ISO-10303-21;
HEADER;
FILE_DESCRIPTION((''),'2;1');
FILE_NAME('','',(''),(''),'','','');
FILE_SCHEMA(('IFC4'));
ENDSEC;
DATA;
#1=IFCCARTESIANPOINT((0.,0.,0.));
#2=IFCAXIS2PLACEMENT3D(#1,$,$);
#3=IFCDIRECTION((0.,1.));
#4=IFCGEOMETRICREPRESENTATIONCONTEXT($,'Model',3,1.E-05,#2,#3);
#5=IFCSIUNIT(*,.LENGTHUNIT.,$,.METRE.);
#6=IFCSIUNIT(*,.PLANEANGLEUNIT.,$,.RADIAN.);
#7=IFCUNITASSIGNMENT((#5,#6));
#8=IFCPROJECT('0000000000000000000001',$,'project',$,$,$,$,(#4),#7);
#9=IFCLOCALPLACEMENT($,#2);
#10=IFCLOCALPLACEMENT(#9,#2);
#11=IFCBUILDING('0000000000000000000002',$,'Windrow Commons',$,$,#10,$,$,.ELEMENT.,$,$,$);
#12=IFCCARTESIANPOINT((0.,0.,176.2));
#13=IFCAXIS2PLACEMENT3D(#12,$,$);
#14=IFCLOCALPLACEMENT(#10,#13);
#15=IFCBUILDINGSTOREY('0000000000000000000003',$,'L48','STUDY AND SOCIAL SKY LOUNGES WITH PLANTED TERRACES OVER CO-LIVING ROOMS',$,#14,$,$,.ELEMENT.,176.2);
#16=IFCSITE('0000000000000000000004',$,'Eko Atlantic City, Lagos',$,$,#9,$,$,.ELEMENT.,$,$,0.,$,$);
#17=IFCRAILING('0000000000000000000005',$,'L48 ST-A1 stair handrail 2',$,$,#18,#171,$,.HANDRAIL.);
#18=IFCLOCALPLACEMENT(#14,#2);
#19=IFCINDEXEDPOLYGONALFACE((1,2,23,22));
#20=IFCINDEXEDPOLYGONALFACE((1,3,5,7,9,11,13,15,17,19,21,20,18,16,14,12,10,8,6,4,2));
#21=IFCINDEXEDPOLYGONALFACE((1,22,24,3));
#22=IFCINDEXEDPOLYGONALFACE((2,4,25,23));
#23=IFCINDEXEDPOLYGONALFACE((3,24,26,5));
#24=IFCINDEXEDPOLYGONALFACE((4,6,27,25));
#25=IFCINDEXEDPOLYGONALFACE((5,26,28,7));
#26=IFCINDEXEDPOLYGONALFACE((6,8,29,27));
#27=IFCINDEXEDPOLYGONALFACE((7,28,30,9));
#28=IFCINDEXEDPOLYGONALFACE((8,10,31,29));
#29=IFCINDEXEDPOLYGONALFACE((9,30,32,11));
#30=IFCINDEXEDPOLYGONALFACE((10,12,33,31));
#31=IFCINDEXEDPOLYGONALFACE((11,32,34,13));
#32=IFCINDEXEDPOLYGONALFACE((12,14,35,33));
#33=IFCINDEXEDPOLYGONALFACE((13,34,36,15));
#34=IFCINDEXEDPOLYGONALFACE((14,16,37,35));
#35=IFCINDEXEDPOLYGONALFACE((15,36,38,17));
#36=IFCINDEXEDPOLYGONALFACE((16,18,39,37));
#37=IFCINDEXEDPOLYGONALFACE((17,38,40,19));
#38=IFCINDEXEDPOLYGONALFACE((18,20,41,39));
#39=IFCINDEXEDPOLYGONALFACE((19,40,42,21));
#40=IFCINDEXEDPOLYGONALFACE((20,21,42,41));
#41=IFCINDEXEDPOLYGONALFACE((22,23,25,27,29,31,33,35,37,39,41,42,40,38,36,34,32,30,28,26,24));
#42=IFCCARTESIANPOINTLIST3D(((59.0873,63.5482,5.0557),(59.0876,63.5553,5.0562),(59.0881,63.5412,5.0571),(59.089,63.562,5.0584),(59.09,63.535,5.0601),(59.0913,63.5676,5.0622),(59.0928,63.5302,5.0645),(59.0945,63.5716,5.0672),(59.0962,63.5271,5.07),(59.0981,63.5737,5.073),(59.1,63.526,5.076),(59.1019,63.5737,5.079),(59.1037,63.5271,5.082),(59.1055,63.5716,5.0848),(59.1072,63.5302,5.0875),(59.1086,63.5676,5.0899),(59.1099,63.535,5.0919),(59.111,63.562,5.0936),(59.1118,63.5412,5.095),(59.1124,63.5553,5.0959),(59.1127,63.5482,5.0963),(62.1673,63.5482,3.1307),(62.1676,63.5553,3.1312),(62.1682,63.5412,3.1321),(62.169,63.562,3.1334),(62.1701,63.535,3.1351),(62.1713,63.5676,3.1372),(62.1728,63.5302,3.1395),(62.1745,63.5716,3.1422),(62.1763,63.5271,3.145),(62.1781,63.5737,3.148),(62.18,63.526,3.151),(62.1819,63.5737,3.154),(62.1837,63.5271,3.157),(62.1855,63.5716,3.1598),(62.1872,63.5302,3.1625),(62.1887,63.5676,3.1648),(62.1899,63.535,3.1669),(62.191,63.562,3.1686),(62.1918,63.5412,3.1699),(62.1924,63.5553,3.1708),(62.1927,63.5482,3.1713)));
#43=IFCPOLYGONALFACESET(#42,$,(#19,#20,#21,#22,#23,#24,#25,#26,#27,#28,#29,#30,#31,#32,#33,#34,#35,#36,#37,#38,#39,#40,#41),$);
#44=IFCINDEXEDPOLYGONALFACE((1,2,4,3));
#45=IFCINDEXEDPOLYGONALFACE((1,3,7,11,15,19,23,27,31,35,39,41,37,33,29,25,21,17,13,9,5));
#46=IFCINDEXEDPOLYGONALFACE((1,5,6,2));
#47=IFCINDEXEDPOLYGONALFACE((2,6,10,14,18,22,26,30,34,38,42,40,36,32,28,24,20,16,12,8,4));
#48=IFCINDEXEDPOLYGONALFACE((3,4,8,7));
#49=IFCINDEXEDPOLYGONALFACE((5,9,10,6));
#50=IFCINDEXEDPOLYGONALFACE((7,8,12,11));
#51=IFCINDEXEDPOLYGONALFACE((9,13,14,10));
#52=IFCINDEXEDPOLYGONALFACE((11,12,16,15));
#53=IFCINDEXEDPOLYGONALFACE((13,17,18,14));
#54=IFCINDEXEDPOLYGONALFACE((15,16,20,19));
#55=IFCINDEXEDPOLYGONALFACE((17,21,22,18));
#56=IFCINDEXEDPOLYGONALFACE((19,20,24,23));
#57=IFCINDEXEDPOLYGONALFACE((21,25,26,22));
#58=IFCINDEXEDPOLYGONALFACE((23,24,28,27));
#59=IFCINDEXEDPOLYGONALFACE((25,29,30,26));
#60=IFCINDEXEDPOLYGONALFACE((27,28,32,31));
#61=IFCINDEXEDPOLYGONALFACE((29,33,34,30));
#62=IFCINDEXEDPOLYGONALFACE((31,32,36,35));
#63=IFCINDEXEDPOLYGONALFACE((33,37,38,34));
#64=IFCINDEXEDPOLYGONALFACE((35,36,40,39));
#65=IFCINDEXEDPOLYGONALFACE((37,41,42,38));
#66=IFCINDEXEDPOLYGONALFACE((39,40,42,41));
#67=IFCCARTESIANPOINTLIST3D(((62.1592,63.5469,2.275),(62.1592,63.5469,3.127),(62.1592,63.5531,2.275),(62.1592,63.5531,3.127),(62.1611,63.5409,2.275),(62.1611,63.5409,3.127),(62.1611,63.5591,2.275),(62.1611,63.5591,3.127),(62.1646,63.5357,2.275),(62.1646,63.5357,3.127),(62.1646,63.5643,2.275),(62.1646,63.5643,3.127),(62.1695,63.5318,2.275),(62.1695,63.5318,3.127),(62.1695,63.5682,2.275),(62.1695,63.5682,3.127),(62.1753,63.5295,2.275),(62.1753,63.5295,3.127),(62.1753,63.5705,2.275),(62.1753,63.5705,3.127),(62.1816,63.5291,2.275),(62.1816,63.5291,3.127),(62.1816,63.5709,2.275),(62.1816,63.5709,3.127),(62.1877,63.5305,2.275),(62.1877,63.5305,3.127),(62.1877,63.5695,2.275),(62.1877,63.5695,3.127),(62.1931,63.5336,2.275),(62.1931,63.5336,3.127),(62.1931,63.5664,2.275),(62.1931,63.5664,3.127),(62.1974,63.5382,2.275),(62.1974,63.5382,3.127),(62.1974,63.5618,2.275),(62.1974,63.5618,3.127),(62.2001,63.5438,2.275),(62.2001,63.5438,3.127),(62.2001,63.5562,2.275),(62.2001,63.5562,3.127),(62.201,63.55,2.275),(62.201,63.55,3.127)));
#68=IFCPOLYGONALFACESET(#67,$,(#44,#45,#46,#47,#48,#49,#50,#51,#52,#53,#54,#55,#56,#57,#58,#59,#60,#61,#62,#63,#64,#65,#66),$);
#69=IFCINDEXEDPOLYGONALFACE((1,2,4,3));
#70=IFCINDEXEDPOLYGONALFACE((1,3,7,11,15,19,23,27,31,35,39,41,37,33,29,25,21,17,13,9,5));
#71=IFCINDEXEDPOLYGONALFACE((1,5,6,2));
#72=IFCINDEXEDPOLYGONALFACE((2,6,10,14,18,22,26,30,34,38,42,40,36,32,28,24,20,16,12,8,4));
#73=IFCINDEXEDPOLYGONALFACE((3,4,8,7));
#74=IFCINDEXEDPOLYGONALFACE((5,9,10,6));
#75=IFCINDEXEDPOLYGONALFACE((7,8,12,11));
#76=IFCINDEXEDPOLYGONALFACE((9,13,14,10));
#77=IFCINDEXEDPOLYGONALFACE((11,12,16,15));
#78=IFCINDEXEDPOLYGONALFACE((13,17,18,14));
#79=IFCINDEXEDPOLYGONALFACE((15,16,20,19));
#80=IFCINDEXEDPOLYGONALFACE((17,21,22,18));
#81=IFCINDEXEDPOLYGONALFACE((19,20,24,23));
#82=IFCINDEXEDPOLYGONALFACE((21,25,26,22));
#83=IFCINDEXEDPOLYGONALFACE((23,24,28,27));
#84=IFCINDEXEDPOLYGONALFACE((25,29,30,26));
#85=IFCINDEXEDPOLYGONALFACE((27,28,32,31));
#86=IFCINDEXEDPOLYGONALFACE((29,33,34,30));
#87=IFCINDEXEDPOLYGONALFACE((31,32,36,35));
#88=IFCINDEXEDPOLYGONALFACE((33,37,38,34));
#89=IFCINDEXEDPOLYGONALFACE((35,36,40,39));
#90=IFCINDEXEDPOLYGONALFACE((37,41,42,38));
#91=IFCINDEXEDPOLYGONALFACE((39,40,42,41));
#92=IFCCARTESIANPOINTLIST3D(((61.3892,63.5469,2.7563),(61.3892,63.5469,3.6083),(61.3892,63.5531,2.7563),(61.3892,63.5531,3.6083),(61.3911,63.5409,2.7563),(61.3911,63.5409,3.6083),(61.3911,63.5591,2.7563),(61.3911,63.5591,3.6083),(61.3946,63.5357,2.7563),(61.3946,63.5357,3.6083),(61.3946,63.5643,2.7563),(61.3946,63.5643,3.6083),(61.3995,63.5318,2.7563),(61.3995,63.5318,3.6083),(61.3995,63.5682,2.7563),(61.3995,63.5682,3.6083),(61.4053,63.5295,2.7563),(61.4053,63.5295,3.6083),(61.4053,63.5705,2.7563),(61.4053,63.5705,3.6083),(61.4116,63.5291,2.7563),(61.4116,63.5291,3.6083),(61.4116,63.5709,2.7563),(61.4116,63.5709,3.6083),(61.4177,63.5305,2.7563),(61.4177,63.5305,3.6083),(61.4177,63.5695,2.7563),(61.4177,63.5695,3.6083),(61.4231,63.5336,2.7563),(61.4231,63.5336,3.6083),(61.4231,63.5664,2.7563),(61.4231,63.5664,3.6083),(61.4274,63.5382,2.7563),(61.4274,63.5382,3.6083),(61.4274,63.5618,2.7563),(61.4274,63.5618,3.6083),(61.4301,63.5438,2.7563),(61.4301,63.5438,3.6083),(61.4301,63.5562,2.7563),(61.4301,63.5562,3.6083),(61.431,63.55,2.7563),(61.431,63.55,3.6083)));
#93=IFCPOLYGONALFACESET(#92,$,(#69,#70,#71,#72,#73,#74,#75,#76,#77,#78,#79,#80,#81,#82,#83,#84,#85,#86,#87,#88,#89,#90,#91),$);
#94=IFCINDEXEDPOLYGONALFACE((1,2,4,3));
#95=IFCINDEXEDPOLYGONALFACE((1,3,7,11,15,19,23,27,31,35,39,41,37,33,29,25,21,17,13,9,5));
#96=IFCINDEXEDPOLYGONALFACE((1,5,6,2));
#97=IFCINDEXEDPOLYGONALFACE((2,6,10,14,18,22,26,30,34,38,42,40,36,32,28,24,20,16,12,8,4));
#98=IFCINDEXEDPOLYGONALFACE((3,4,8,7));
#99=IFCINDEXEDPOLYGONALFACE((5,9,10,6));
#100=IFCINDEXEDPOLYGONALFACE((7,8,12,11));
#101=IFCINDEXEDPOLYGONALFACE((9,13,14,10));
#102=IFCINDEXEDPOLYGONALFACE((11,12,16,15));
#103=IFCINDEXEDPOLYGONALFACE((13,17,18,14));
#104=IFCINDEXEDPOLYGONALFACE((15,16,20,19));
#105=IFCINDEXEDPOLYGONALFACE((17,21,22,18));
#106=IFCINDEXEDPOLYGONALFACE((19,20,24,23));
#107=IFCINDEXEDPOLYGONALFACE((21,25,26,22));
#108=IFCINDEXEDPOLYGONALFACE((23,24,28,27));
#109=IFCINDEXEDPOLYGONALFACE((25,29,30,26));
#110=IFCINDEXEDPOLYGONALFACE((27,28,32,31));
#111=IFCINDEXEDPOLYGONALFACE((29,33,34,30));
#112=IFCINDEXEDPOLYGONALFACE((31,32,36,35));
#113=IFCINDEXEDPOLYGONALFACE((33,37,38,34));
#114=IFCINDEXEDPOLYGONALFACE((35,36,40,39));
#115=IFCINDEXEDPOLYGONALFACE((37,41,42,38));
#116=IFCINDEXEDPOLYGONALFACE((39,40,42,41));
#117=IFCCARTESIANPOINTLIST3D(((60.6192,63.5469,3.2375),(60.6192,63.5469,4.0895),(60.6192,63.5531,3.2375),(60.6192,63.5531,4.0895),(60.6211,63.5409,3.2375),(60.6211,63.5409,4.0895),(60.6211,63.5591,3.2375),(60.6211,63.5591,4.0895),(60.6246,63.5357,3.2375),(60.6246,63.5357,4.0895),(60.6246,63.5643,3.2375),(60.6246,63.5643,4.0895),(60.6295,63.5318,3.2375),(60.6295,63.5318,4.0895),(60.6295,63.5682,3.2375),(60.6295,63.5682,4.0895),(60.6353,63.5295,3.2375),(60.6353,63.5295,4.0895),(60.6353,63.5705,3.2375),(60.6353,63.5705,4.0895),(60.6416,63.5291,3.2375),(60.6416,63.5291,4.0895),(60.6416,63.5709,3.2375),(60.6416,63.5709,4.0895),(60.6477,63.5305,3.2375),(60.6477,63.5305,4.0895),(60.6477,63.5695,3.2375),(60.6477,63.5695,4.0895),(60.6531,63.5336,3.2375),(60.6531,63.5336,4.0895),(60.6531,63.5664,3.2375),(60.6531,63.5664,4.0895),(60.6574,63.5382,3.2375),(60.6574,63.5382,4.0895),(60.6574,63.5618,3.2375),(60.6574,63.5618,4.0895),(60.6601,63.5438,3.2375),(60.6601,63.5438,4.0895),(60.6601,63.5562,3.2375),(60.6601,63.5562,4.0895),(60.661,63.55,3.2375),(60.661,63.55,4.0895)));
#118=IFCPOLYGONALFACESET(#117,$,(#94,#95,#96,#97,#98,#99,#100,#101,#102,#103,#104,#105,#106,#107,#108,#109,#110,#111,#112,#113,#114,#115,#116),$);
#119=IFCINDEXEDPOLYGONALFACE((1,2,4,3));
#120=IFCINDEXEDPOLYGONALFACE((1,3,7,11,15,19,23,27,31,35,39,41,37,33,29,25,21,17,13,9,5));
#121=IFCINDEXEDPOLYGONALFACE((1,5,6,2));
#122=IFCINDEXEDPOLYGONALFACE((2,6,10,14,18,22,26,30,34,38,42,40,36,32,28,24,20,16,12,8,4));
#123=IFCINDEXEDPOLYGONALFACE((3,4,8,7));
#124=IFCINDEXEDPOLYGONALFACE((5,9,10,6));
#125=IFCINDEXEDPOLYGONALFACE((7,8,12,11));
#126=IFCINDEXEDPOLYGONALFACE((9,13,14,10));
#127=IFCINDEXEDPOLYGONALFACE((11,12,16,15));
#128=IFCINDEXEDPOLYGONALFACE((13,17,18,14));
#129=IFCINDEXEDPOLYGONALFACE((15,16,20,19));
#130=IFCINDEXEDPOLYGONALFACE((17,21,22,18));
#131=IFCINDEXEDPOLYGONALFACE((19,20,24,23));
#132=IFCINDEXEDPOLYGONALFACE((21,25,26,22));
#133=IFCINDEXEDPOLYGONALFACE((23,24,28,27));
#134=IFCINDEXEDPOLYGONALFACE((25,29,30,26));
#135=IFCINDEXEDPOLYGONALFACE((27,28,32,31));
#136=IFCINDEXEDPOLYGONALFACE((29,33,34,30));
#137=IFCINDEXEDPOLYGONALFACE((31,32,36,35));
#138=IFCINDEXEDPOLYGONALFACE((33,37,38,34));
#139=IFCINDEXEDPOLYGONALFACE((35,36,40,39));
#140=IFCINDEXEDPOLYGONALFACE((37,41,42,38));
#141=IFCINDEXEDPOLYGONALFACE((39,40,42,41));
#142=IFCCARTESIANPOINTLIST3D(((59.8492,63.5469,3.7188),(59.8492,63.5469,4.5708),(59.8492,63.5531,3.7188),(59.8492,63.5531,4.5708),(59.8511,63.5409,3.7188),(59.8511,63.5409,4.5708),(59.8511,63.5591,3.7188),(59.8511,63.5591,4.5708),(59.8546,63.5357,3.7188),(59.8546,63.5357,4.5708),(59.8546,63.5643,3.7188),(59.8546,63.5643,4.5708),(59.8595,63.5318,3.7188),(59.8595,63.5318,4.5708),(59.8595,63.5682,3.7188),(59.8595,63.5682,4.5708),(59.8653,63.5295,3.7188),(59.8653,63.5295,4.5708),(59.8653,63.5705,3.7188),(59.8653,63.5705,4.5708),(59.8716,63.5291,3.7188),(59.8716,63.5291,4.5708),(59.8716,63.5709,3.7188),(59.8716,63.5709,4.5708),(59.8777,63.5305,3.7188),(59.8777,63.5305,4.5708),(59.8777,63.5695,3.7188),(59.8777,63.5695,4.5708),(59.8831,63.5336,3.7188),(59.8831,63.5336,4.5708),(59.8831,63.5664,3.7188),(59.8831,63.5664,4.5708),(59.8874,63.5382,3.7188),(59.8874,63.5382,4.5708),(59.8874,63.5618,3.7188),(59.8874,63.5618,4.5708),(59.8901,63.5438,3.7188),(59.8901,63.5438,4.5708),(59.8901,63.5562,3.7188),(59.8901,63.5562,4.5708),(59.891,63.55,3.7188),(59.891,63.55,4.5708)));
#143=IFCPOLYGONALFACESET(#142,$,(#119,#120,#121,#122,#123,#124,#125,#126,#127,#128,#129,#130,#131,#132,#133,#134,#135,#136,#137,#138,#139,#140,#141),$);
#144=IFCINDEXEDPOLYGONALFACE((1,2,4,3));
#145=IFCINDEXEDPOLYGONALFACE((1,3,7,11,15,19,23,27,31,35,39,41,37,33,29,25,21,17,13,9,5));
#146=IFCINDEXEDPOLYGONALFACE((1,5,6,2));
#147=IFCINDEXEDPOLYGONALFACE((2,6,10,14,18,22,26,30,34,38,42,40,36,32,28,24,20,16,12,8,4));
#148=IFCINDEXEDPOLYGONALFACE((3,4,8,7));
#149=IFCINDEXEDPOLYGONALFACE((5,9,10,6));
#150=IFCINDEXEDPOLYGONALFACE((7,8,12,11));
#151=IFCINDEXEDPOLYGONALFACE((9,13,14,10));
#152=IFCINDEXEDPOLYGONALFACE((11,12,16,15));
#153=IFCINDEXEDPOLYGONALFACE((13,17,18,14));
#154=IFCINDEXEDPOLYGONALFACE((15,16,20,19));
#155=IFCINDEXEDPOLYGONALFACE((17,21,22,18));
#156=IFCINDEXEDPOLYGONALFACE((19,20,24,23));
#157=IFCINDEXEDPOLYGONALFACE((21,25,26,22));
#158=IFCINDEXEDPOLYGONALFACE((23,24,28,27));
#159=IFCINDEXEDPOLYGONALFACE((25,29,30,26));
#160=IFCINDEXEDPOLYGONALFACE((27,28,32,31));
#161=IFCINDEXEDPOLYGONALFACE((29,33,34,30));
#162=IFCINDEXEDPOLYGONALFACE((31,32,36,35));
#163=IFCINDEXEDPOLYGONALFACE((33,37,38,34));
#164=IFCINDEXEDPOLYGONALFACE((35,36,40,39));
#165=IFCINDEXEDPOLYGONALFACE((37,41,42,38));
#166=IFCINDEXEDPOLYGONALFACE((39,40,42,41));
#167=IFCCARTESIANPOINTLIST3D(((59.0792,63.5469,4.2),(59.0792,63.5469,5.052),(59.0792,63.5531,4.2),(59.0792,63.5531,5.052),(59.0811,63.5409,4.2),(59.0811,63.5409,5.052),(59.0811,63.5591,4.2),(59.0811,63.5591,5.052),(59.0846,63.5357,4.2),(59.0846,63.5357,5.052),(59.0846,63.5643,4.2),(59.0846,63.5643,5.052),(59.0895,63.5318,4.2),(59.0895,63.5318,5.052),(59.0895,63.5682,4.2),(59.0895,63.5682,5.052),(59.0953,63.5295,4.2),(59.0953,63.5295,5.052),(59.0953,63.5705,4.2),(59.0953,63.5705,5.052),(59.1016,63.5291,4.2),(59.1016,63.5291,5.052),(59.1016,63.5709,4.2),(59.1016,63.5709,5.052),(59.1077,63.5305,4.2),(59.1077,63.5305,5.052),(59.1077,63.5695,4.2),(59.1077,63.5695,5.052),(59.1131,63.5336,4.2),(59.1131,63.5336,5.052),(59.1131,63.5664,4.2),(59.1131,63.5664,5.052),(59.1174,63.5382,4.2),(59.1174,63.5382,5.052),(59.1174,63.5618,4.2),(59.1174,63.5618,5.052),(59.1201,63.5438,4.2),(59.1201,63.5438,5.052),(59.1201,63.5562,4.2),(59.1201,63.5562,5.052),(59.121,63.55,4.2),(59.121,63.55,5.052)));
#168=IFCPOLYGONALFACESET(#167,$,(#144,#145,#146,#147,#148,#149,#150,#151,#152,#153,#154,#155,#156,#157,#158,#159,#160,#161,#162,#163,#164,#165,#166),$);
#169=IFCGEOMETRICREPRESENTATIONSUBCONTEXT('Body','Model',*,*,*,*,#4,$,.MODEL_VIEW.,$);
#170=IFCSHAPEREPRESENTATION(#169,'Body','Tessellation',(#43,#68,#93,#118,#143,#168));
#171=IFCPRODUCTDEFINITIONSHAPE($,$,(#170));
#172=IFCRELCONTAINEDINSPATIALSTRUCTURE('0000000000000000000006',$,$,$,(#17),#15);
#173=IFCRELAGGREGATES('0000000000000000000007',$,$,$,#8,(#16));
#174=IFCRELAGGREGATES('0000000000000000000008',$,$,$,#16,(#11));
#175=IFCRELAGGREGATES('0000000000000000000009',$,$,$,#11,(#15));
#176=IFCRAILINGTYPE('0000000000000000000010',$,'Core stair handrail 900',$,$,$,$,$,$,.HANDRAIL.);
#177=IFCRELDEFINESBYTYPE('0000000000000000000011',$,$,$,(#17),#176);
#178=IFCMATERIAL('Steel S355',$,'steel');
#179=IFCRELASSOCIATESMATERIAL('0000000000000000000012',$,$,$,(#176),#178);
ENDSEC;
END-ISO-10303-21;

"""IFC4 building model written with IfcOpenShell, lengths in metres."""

from ifc_helpers import new_model, si_unit, direction, frame, origin, origin_2d, place, context, subcontext, project, spatial, circle, extrude, material, type_object, element, save


model = new_model("IFC4")

# Units and contexts
model_context = context("Model", 3, precision=1e-05, world=origin(), true_north=direction((0.0, 1.0)))
body_context = subcontext(model_context, "Body", "Model", "MODEL_VIEW")
ifc_project = project(units=[si_unit("LENGTHUNIT", "METRE"), si_unit("PLANEANGLEUNIT", "RADIAN")], contexts=[model_context])

# Site, building, storey
site_placement = place(None, origin())
site = spatial("IfcSite", under=ifc_project, at=site_placement, Name="Eko Atlantic City, Lagos", CompositionType="ELEMENT", RefElevation=0.0)
building_placement = place(site_placement, origin())
building = spatial("IfcBuilding", under=site, at=building_placement, Name="Windrow Commons", CompositionType="ELEMENT")
storey_placement = place(building_placement, frame((0.0, 0.0, 176.2)))
storey = spatial("IfcBuildingStorey", under=building, at=storey_placement, Name="L48", Description="STUDY AND SOCIAL SKY LOUNGES WITH PLANTED TERRACES OVER CO-LIVING ROOMS", CompositionType="ELEMENT", Elevation=176.2)

# Railing
ifc_material_1 = material(Name="Steel S355", Category="steel")
railing_type_1 = type_object("IfcRailingType", Name="Core stair handrail 900", PredefinedType="HANDRAIL", material=ifc_material_1)
railing_1_placement = place(storey_placement, frame((62.18, 63.55, 2.275)))
element("IfcRailing", 1, at=railing_1_placement, inside=storey, type_object=railing_type_1, Name="L48 ST-A1 stair handrail 2", PredefinedType="HANDRAIL", context=body_context, shape_type="SweptSolid", body=[
    extrude(circle(Radius=0.024, at=origin_2d()), frame((0.0, 0.0, 0.876), z_axis=(-0.847998, 0.0, 0.529999), x_axis=(0.0, -1.0, 0.0)), (0.0, 0.0, 1.0), 3.6321),
    extrude(circle(Radius=0.021, at=origin_2d()), origin(), (0.0, 0.0, 1.0), 0.852),
    extrude(circle(Radius=0.021, at=origin_2d()), frame((-0.77, 0.0, 0.4813)), (0.0, 0.0, 1.0), 0.852),
    extrude(circle(Radius=0.021, at=origin_2d()), frame((-1.54, 0.0, 0.9625)), (0.0, 0.0, 1.0), 0.852),
    extrude(circle(Radius=0.021, at=origin_2d()), frame((-2.31, 0.0, 1.4438)), (0.0, 0.0, 1.0), 0.852),
    extrude(circle(Radius=0.021, at=origin_2d()), frame((-3.08, 0.0, 1.925)), (0.0, 0.0, 1.0), 0.852),
])

save(model, "model.ifc")
